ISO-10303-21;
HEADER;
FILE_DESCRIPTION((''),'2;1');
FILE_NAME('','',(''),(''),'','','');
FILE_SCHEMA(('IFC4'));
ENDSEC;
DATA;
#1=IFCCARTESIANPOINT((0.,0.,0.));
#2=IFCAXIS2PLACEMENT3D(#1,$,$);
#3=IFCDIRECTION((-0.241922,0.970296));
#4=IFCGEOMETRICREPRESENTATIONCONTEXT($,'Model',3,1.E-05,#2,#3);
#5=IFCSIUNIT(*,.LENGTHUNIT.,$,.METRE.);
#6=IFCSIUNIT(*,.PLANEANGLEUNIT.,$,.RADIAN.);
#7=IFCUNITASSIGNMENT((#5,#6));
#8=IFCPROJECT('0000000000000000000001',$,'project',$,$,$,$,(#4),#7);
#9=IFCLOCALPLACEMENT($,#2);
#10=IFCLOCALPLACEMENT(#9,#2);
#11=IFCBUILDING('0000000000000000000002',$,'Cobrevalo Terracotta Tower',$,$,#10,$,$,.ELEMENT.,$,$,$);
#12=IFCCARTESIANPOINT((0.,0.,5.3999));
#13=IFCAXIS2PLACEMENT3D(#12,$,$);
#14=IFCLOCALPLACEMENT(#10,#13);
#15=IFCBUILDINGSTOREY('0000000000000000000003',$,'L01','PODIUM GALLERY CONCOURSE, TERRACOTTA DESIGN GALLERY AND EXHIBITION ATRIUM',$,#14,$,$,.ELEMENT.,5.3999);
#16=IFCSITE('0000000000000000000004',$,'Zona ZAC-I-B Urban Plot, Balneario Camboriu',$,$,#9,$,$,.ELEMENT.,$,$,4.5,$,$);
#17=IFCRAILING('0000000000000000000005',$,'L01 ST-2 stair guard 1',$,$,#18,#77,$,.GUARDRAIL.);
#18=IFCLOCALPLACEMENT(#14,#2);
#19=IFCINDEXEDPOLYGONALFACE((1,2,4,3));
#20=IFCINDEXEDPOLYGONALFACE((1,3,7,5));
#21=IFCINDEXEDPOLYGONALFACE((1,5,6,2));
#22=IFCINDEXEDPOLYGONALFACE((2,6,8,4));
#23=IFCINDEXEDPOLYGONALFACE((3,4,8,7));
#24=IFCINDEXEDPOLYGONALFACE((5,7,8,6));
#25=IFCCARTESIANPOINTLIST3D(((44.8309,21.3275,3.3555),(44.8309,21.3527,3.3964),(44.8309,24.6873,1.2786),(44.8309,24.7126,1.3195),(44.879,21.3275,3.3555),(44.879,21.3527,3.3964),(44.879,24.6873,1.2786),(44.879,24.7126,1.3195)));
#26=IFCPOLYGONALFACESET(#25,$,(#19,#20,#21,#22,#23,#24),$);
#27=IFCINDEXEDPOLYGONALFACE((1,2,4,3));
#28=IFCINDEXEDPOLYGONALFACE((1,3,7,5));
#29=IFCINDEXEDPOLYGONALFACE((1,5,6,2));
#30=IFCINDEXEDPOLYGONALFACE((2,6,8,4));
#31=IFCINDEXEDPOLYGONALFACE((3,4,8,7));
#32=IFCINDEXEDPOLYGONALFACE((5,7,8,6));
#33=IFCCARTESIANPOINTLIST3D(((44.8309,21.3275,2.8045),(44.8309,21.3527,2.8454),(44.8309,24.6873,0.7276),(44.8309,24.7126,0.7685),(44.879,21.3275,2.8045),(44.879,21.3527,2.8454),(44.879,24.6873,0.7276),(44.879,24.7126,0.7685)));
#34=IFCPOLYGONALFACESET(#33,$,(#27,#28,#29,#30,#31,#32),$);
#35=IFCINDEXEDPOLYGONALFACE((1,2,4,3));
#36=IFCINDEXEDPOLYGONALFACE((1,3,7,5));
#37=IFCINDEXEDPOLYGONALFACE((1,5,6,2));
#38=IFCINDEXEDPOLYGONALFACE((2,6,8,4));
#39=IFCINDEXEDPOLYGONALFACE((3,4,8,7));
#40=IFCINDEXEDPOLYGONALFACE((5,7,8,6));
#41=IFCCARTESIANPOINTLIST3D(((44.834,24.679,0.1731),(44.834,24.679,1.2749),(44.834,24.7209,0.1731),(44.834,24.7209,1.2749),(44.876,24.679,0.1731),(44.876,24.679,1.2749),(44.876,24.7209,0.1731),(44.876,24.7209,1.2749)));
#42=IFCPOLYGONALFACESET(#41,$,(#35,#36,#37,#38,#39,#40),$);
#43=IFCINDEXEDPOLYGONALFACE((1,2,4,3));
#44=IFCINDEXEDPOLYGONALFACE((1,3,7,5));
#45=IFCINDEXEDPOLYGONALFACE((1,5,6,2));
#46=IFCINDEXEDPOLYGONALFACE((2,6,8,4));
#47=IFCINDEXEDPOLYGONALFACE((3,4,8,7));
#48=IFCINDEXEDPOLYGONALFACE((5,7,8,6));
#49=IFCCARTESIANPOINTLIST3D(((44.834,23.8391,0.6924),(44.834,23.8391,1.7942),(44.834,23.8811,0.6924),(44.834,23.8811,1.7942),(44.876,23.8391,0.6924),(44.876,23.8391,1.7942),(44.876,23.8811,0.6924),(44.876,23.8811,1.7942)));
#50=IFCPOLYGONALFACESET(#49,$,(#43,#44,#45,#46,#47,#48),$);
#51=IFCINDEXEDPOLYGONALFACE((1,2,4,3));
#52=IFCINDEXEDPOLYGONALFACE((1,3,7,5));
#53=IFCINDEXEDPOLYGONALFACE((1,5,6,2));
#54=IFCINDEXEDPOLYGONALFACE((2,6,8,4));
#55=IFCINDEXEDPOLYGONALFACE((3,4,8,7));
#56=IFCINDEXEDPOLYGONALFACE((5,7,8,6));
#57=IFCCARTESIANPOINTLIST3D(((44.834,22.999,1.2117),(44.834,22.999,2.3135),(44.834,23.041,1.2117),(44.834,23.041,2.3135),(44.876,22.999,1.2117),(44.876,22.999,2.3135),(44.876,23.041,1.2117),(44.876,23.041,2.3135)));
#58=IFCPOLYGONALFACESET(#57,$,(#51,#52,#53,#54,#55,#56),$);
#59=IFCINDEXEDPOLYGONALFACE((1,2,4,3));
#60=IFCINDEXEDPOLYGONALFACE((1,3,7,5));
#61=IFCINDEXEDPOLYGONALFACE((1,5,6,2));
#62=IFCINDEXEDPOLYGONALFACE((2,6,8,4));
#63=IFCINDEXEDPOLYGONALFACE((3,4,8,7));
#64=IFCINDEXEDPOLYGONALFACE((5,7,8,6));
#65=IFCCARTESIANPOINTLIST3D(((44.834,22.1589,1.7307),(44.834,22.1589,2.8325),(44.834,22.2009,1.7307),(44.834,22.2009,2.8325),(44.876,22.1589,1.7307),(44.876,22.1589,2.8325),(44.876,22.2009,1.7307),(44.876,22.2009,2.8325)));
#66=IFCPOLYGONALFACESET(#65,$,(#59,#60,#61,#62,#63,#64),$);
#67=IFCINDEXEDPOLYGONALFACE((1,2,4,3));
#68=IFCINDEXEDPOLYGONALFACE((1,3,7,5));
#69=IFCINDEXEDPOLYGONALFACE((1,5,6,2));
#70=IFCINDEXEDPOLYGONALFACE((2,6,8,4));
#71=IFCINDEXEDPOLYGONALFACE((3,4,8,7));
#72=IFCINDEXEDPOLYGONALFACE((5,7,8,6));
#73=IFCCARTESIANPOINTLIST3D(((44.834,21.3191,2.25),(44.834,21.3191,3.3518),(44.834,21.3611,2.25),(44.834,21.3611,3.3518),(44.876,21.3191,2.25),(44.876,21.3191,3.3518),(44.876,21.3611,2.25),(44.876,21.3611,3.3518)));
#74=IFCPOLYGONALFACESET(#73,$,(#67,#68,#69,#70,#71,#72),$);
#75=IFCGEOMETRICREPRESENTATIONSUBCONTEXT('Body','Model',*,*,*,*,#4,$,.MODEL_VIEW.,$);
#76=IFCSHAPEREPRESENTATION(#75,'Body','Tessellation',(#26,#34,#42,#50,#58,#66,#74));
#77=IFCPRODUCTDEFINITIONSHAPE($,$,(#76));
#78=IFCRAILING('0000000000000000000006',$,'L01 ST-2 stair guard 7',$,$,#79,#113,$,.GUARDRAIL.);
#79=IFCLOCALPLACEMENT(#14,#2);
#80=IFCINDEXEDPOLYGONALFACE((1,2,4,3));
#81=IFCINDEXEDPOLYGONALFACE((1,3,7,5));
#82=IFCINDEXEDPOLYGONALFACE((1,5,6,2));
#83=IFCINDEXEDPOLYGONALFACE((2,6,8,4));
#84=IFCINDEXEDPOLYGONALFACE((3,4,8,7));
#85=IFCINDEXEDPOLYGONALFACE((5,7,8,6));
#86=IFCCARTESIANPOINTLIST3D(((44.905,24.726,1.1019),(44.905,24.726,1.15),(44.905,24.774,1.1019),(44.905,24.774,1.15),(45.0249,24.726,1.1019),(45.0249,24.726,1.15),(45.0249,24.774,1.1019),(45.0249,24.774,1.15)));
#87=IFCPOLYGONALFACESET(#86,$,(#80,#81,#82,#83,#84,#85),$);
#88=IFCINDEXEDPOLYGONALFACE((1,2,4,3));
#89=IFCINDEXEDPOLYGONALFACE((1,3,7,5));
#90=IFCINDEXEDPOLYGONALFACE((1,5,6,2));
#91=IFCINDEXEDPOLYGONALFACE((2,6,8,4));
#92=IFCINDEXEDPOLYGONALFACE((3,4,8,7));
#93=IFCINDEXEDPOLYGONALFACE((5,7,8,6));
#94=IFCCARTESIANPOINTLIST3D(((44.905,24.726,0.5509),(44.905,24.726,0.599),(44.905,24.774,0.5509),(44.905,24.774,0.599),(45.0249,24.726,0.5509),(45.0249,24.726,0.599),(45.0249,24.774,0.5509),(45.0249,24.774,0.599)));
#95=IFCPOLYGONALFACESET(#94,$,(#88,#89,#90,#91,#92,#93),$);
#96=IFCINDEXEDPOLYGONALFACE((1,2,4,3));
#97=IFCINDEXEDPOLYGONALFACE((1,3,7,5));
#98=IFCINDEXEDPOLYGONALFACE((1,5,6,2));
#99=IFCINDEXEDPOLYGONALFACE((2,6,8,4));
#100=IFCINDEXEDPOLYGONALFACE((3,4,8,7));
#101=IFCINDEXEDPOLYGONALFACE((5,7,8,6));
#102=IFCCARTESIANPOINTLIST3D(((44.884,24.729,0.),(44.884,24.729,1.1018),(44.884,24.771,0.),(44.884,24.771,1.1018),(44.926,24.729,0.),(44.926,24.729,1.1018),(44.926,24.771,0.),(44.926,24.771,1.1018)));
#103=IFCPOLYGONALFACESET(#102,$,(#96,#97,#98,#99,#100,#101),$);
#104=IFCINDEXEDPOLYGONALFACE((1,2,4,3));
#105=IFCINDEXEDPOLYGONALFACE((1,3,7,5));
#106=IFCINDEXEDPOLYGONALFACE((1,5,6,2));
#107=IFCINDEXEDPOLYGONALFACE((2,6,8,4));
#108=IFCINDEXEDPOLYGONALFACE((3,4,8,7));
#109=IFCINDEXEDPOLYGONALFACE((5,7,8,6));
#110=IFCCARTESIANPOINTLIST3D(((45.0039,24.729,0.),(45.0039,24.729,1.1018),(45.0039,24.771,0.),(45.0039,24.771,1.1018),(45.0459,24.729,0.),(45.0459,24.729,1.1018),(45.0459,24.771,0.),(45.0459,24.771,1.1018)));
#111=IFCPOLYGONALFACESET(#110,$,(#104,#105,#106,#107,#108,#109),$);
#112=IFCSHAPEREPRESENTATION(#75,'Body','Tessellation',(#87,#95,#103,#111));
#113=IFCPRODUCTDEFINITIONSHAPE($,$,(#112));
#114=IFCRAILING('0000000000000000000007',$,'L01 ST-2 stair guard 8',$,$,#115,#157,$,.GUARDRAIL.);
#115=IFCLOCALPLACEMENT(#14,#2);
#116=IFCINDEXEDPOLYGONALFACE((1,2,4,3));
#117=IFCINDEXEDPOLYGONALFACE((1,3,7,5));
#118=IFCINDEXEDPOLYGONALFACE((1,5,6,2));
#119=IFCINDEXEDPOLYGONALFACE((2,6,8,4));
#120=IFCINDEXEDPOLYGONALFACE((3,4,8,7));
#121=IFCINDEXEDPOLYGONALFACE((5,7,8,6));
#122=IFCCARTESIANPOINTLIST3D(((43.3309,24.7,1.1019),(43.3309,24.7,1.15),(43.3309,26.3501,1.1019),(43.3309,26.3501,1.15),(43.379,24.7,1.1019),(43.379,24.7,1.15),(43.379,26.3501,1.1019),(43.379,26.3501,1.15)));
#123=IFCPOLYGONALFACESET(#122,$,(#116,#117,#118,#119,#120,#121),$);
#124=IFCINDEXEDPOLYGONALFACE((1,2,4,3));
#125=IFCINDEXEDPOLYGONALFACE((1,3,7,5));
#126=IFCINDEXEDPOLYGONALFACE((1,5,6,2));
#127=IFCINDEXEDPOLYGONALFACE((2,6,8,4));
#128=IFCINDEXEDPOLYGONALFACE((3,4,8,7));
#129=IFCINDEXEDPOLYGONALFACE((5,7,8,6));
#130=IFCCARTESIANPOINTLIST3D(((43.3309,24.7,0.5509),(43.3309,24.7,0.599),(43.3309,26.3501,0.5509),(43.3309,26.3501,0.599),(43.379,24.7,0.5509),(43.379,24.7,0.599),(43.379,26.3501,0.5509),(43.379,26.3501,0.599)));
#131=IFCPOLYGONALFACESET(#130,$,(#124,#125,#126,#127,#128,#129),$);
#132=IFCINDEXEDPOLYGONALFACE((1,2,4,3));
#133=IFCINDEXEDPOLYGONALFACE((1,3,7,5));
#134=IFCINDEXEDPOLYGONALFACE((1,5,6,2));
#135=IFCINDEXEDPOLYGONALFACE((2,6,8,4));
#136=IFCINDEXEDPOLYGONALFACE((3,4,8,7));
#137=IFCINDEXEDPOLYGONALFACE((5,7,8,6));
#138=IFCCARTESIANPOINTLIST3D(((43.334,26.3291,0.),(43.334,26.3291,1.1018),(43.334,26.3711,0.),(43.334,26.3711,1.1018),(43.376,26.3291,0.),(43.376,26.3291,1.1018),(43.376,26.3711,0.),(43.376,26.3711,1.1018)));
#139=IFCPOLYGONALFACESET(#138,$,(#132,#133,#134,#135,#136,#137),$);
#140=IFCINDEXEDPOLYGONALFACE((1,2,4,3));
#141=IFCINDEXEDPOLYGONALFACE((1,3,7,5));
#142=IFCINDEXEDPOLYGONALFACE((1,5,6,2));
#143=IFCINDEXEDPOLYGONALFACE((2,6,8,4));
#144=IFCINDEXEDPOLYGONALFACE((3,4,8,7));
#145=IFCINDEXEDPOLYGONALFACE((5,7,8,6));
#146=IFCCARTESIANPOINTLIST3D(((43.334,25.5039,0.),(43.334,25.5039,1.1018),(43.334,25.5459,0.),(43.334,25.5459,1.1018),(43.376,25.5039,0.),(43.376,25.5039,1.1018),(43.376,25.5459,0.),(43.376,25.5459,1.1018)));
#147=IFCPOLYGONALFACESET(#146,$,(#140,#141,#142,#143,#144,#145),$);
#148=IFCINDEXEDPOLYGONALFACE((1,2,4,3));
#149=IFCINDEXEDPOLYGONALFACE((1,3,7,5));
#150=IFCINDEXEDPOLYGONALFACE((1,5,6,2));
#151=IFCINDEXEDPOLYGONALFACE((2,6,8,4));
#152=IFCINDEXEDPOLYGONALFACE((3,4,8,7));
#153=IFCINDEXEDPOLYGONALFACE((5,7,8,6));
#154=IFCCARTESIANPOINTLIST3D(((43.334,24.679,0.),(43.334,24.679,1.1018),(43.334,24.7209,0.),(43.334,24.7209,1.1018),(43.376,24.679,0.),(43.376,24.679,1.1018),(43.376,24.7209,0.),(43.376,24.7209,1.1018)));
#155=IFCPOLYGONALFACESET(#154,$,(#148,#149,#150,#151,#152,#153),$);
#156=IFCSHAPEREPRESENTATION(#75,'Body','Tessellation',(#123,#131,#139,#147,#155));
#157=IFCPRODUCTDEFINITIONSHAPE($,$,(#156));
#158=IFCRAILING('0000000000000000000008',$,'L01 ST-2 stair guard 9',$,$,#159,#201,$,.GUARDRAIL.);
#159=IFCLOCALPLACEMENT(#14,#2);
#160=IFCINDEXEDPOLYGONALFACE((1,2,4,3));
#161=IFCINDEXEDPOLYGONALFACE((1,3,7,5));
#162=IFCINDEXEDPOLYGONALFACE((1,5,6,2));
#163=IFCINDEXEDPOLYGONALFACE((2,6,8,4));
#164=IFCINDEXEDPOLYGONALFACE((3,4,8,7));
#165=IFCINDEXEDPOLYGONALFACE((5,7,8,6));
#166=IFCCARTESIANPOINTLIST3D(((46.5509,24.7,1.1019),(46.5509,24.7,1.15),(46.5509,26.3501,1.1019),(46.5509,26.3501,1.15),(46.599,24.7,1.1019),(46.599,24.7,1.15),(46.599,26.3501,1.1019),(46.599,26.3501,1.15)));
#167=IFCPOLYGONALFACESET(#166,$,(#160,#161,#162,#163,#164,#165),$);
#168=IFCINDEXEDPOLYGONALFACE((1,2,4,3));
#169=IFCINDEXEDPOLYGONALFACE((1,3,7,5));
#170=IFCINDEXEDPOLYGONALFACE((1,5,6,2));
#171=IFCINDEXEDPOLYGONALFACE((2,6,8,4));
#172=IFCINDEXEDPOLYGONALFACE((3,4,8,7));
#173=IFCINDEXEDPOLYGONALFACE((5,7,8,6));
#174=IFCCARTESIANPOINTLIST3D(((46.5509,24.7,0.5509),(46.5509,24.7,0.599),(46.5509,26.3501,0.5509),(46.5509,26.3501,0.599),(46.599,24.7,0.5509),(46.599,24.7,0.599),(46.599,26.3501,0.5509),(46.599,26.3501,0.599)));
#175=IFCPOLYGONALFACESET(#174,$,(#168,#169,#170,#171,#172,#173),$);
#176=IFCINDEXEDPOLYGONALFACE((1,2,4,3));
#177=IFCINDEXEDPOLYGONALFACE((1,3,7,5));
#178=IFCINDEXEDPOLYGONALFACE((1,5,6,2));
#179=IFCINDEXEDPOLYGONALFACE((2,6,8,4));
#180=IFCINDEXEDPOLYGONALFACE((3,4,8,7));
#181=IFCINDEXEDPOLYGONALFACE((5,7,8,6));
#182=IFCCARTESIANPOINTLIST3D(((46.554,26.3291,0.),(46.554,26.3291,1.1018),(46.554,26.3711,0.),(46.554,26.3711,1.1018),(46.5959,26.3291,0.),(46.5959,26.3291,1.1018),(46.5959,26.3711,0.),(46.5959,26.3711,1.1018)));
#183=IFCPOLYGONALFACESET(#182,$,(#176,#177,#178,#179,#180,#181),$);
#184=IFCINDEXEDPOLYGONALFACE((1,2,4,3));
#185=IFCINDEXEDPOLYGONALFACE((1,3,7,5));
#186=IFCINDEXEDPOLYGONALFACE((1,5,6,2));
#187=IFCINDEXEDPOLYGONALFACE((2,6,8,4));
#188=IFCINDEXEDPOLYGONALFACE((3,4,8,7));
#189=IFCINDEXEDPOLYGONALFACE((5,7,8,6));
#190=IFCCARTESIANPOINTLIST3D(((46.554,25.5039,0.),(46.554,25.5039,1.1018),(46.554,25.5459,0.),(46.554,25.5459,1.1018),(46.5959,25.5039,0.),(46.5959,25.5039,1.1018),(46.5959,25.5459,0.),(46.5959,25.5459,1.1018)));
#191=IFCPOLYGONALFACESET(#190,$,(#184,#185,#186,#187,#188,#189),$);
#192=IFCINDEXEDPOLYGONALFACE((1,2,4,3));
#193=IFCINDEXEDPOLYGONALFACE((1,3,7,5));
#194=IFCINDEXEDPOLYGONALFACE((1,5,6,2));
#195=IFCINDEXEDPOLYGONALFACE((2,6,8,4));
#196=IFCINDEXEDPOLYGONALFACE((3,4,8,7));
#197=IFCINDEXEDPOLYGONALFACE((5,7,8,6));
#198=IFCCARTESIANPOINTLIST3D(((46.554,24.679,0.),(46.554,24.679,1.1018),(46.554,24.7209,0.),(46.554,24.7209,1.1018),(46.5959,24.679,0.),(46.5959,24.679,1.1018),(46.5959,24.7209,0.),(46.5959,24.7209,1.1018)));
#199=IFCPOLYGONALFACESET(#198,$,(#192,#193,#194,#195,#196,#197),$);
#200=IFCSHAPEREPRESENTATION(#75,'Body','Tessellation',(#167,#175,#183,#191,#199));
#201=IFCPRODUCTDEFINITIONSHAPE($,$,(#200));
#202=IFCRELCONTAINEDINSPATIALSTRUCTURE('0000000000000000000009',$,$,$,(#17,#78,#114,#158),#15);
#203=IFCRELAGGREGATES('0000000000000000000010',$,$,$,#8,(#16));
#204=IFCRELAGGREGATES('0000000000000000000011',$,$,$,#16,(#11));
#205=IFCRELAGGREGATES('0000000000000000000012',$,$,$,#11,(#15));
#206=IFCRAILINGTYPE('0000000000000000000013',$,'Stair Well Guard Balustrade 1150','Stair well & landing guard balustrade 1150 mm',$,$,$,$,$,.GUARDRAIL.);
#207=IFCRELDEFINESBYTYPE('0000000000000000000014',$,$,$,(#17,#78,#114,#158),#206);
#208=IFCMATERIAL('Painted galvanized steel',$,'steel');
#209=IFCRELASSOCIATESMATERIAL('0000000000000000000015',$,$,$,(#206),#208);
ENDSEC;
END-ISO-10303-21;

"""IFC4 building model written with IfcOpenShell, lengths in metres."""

from ifc_helpers import new_model, si_unit, direction, frame, origin, origin_2d, place, context, subcontext, project, spatial, rectangle, extrude, material, type_object, element, save


model = new_model("IFC4")

# Units and contexts
model_context = context("Model", 3, precision=1e-05, world=origin(), true_north=direction((-0.241922, 0.970296)))
body_context = subcontext(model_context, "Body", "Model", "MODEL_VIEW")
ifc_project = project(units=[si_unit("LENGTHUNIT", "METRE"), si_unit("PLANEANGLEUNIT", "RADIAN")], contexts=[model_context])

# Site, building, storey
site_placement = place(None, origin())
site = spatial("IfcSite", under=ifc_project, at=site_placement, Name="Zona ZAC-I-B Urban Plot, Balneario Camboriu", CompositionType="ELEMENT", RefElevation=4.5)
building_placement = place(site_placement, origin())
building = spatial("IfcBuilding", under=site, at=building_placement, Name="Cobrevalo Terracotta Tower", CompositionType="ELEMENT")
storey_placement = place(building_placement, frame((0.0, 0.0, 5.3999)))
storey = spatial("IfcBuildingStorey", under=building, at=storey_placement, Name="L01", Description="PODIUM GALLERY CONCOURSE, TERRACOTTA DESIGN GALLERY AND EXHIBITION ATRIUM", CompositionType="ELEMENT", Elevation=5.3999)

# Railings
ifc_material_1 = material(Name="Painted galvanized steel", Category="steel")
railing_type_1 = type_object("IfcRailingType", Name="Stair Well Guard Balustrade 1150", Description="Stair well & landing guard balustrade 1150 mm", PredefinedType="GUARDRAIL", material=ifc_material_1)
railing_1_placement = place(storey_placement, frame((44.855, 24.7, 0.1731)))
element("IfcRailing", 1, at=railing_1_placement, inside=storey, type_object=railing_type_1, Name="L01 ST-2 stair guard 1", PredefinedType="GUARDRAIL", context=body_context, shape_type="SweptSolid", body=[
    extrude(rectangle(XDim=0.0481, YDim=0.0481, at=origin_2d()), frame((0.0, 0.0, 1.126), z_axis=(0.0, -0.850606, 0.525803), x_axis=(1.0, 0.0, 0.0)), (0.0, 0.0, 1.0), 3.95),
    extrude(rectangle(XDim=0.0481, YDim=0.0481, at=origin_2d()), frame((0.0, 0.0, 0.575), z_axis=(0.0, -0.850606, 0.525803), x_axis=(1.0, 0.0, 0.0)), (0.0, 0.0, 1.0), 3.95),
    extrude(rectangle(XDim=0.042, YDim=0.042, at=origin_2d()), origin(), (0.0, 0.0, 1.0), 1.1018),
    extrude(rectangle(XDim=0.042, YDim=0.042, at=origin_2d()), frame((0.0, -0.8398, 0.5193)), (0.0, 0.0, 1.0), 1.1018),
    extrude(rectangle(XDim=0.042, YDim=0.042, at=origin_2d()), frame((0.0, -1.6799, 1.0386)), (0.0, 0.0, 1.0), 1.1018),
    extrude(rectangle(XDim=0.042, YDim=0.042, at=origin_2d()), frame((0.0, -2.52, 1.5576)), (0.0, 0.0, 1.0), 1.1018),
    extrude(rectangle(XDim=0.042, YDim=0.042, at=origin_2d()), frame((0.0, -3.3599, 2.0769)), (0.0, 0.0, 1.0), 1.1018),
])
railing_2_placement = place(storey_placement, frame((44.905, 24.75, 0.0)))
element("IfcRailing", 2, at=railing_2_placement, inside=storey, type_object=railing_type_1, Name="L01 ST-2 stair guard 7", PredefinedType="GUARDRAIL", context=body_context, shape_type="SweptSolid", body=[
    extrude(rectangle(XDim=0.0481, YDim=0.0481, at=origin_2d()), frame((0.0, 0.0, 1.126), z_axis=(1.0, 0.0, 0.0), x_axis=(0.0, 1.0, 0.0)), (0.0, 0.0, 1.0), 0.1199),
    extrude(rectangle(XDim=0.0481, YDim=0.0481, at=origin_2d()), frame((0.0, 0.0, 0.575), z_axis=(1.0, 0.0, 0.0), x_axis=(0.0, 1.0, 0.0)), (0.0, 0.0, 1.0), 0.1199),
    extrude(rectangle(XDim=0.042, YDim=0.042, at=origin_2d()), origin(), (0.0, 0.0, 1.0), 1.1018),
    extrude(rectangle(XDim=0.042, YDim=0.042, at=origin_2d()), frame((0.1199, 0.0, 0.0)), (0.0, 0.0, 1.0), 1.1018),
])
for number, where, name in (
    (3, (43.355, 26.3501, 0.0), "L01 ST-2 stair guard 8"),
    (4, (46.575, 26.3501, 0.0), "L01 ST-2 stair guard 9"),
):
    element("IfcRailing", number, at=place(storey_placement, frame(where)), inside=storey, type_object=railing_type_1, Name=name, PredefinedType="GUARDRAIL", context=body_context, shape_type="SweptSolid", body=[
        extrude(rectangle(XDim=0.0481, YDim=0.0481, at=origin_2d()), frame((0.0, 0.0, 1.126), z_axis=(0.0, -1.0, 0.0), x_axis=(1.0, 0.0, 0.0)), (0.0, 0.0, 1.0), 1.6501),
        extrude(rectangle(XDim=0.0481, YDim=0.0481, at=origin_2d()), frame((0.0, 0.0, 0.575), z_axis=(0.0, -1.0, 0.0), x_axis=(1.0, 0.0, 0.0)), (0.0, 0.0, 1.0), 1.6501),
        extrude(rectangle(XDim=0.042, YDim=0.042, at=origin_2d()), origin(), (0.0, 0.0, 1.0), 1.1018),
        extrude(rectangle(XDim=0.042, YDim=0.042, at=origin_2d()), frame((0.0, -0.8252, 0.0)), (0.0, 0.0, 1.0), 1.1018),
        extrude(rectangle(XDim=0.042, YDim=0.042, at=origin_2d()), frame((0.0, -1.6501, 0.0)), (0.0, 0.0, 1.0), 1.1018),
    ])

save(model, "model.ifc")
